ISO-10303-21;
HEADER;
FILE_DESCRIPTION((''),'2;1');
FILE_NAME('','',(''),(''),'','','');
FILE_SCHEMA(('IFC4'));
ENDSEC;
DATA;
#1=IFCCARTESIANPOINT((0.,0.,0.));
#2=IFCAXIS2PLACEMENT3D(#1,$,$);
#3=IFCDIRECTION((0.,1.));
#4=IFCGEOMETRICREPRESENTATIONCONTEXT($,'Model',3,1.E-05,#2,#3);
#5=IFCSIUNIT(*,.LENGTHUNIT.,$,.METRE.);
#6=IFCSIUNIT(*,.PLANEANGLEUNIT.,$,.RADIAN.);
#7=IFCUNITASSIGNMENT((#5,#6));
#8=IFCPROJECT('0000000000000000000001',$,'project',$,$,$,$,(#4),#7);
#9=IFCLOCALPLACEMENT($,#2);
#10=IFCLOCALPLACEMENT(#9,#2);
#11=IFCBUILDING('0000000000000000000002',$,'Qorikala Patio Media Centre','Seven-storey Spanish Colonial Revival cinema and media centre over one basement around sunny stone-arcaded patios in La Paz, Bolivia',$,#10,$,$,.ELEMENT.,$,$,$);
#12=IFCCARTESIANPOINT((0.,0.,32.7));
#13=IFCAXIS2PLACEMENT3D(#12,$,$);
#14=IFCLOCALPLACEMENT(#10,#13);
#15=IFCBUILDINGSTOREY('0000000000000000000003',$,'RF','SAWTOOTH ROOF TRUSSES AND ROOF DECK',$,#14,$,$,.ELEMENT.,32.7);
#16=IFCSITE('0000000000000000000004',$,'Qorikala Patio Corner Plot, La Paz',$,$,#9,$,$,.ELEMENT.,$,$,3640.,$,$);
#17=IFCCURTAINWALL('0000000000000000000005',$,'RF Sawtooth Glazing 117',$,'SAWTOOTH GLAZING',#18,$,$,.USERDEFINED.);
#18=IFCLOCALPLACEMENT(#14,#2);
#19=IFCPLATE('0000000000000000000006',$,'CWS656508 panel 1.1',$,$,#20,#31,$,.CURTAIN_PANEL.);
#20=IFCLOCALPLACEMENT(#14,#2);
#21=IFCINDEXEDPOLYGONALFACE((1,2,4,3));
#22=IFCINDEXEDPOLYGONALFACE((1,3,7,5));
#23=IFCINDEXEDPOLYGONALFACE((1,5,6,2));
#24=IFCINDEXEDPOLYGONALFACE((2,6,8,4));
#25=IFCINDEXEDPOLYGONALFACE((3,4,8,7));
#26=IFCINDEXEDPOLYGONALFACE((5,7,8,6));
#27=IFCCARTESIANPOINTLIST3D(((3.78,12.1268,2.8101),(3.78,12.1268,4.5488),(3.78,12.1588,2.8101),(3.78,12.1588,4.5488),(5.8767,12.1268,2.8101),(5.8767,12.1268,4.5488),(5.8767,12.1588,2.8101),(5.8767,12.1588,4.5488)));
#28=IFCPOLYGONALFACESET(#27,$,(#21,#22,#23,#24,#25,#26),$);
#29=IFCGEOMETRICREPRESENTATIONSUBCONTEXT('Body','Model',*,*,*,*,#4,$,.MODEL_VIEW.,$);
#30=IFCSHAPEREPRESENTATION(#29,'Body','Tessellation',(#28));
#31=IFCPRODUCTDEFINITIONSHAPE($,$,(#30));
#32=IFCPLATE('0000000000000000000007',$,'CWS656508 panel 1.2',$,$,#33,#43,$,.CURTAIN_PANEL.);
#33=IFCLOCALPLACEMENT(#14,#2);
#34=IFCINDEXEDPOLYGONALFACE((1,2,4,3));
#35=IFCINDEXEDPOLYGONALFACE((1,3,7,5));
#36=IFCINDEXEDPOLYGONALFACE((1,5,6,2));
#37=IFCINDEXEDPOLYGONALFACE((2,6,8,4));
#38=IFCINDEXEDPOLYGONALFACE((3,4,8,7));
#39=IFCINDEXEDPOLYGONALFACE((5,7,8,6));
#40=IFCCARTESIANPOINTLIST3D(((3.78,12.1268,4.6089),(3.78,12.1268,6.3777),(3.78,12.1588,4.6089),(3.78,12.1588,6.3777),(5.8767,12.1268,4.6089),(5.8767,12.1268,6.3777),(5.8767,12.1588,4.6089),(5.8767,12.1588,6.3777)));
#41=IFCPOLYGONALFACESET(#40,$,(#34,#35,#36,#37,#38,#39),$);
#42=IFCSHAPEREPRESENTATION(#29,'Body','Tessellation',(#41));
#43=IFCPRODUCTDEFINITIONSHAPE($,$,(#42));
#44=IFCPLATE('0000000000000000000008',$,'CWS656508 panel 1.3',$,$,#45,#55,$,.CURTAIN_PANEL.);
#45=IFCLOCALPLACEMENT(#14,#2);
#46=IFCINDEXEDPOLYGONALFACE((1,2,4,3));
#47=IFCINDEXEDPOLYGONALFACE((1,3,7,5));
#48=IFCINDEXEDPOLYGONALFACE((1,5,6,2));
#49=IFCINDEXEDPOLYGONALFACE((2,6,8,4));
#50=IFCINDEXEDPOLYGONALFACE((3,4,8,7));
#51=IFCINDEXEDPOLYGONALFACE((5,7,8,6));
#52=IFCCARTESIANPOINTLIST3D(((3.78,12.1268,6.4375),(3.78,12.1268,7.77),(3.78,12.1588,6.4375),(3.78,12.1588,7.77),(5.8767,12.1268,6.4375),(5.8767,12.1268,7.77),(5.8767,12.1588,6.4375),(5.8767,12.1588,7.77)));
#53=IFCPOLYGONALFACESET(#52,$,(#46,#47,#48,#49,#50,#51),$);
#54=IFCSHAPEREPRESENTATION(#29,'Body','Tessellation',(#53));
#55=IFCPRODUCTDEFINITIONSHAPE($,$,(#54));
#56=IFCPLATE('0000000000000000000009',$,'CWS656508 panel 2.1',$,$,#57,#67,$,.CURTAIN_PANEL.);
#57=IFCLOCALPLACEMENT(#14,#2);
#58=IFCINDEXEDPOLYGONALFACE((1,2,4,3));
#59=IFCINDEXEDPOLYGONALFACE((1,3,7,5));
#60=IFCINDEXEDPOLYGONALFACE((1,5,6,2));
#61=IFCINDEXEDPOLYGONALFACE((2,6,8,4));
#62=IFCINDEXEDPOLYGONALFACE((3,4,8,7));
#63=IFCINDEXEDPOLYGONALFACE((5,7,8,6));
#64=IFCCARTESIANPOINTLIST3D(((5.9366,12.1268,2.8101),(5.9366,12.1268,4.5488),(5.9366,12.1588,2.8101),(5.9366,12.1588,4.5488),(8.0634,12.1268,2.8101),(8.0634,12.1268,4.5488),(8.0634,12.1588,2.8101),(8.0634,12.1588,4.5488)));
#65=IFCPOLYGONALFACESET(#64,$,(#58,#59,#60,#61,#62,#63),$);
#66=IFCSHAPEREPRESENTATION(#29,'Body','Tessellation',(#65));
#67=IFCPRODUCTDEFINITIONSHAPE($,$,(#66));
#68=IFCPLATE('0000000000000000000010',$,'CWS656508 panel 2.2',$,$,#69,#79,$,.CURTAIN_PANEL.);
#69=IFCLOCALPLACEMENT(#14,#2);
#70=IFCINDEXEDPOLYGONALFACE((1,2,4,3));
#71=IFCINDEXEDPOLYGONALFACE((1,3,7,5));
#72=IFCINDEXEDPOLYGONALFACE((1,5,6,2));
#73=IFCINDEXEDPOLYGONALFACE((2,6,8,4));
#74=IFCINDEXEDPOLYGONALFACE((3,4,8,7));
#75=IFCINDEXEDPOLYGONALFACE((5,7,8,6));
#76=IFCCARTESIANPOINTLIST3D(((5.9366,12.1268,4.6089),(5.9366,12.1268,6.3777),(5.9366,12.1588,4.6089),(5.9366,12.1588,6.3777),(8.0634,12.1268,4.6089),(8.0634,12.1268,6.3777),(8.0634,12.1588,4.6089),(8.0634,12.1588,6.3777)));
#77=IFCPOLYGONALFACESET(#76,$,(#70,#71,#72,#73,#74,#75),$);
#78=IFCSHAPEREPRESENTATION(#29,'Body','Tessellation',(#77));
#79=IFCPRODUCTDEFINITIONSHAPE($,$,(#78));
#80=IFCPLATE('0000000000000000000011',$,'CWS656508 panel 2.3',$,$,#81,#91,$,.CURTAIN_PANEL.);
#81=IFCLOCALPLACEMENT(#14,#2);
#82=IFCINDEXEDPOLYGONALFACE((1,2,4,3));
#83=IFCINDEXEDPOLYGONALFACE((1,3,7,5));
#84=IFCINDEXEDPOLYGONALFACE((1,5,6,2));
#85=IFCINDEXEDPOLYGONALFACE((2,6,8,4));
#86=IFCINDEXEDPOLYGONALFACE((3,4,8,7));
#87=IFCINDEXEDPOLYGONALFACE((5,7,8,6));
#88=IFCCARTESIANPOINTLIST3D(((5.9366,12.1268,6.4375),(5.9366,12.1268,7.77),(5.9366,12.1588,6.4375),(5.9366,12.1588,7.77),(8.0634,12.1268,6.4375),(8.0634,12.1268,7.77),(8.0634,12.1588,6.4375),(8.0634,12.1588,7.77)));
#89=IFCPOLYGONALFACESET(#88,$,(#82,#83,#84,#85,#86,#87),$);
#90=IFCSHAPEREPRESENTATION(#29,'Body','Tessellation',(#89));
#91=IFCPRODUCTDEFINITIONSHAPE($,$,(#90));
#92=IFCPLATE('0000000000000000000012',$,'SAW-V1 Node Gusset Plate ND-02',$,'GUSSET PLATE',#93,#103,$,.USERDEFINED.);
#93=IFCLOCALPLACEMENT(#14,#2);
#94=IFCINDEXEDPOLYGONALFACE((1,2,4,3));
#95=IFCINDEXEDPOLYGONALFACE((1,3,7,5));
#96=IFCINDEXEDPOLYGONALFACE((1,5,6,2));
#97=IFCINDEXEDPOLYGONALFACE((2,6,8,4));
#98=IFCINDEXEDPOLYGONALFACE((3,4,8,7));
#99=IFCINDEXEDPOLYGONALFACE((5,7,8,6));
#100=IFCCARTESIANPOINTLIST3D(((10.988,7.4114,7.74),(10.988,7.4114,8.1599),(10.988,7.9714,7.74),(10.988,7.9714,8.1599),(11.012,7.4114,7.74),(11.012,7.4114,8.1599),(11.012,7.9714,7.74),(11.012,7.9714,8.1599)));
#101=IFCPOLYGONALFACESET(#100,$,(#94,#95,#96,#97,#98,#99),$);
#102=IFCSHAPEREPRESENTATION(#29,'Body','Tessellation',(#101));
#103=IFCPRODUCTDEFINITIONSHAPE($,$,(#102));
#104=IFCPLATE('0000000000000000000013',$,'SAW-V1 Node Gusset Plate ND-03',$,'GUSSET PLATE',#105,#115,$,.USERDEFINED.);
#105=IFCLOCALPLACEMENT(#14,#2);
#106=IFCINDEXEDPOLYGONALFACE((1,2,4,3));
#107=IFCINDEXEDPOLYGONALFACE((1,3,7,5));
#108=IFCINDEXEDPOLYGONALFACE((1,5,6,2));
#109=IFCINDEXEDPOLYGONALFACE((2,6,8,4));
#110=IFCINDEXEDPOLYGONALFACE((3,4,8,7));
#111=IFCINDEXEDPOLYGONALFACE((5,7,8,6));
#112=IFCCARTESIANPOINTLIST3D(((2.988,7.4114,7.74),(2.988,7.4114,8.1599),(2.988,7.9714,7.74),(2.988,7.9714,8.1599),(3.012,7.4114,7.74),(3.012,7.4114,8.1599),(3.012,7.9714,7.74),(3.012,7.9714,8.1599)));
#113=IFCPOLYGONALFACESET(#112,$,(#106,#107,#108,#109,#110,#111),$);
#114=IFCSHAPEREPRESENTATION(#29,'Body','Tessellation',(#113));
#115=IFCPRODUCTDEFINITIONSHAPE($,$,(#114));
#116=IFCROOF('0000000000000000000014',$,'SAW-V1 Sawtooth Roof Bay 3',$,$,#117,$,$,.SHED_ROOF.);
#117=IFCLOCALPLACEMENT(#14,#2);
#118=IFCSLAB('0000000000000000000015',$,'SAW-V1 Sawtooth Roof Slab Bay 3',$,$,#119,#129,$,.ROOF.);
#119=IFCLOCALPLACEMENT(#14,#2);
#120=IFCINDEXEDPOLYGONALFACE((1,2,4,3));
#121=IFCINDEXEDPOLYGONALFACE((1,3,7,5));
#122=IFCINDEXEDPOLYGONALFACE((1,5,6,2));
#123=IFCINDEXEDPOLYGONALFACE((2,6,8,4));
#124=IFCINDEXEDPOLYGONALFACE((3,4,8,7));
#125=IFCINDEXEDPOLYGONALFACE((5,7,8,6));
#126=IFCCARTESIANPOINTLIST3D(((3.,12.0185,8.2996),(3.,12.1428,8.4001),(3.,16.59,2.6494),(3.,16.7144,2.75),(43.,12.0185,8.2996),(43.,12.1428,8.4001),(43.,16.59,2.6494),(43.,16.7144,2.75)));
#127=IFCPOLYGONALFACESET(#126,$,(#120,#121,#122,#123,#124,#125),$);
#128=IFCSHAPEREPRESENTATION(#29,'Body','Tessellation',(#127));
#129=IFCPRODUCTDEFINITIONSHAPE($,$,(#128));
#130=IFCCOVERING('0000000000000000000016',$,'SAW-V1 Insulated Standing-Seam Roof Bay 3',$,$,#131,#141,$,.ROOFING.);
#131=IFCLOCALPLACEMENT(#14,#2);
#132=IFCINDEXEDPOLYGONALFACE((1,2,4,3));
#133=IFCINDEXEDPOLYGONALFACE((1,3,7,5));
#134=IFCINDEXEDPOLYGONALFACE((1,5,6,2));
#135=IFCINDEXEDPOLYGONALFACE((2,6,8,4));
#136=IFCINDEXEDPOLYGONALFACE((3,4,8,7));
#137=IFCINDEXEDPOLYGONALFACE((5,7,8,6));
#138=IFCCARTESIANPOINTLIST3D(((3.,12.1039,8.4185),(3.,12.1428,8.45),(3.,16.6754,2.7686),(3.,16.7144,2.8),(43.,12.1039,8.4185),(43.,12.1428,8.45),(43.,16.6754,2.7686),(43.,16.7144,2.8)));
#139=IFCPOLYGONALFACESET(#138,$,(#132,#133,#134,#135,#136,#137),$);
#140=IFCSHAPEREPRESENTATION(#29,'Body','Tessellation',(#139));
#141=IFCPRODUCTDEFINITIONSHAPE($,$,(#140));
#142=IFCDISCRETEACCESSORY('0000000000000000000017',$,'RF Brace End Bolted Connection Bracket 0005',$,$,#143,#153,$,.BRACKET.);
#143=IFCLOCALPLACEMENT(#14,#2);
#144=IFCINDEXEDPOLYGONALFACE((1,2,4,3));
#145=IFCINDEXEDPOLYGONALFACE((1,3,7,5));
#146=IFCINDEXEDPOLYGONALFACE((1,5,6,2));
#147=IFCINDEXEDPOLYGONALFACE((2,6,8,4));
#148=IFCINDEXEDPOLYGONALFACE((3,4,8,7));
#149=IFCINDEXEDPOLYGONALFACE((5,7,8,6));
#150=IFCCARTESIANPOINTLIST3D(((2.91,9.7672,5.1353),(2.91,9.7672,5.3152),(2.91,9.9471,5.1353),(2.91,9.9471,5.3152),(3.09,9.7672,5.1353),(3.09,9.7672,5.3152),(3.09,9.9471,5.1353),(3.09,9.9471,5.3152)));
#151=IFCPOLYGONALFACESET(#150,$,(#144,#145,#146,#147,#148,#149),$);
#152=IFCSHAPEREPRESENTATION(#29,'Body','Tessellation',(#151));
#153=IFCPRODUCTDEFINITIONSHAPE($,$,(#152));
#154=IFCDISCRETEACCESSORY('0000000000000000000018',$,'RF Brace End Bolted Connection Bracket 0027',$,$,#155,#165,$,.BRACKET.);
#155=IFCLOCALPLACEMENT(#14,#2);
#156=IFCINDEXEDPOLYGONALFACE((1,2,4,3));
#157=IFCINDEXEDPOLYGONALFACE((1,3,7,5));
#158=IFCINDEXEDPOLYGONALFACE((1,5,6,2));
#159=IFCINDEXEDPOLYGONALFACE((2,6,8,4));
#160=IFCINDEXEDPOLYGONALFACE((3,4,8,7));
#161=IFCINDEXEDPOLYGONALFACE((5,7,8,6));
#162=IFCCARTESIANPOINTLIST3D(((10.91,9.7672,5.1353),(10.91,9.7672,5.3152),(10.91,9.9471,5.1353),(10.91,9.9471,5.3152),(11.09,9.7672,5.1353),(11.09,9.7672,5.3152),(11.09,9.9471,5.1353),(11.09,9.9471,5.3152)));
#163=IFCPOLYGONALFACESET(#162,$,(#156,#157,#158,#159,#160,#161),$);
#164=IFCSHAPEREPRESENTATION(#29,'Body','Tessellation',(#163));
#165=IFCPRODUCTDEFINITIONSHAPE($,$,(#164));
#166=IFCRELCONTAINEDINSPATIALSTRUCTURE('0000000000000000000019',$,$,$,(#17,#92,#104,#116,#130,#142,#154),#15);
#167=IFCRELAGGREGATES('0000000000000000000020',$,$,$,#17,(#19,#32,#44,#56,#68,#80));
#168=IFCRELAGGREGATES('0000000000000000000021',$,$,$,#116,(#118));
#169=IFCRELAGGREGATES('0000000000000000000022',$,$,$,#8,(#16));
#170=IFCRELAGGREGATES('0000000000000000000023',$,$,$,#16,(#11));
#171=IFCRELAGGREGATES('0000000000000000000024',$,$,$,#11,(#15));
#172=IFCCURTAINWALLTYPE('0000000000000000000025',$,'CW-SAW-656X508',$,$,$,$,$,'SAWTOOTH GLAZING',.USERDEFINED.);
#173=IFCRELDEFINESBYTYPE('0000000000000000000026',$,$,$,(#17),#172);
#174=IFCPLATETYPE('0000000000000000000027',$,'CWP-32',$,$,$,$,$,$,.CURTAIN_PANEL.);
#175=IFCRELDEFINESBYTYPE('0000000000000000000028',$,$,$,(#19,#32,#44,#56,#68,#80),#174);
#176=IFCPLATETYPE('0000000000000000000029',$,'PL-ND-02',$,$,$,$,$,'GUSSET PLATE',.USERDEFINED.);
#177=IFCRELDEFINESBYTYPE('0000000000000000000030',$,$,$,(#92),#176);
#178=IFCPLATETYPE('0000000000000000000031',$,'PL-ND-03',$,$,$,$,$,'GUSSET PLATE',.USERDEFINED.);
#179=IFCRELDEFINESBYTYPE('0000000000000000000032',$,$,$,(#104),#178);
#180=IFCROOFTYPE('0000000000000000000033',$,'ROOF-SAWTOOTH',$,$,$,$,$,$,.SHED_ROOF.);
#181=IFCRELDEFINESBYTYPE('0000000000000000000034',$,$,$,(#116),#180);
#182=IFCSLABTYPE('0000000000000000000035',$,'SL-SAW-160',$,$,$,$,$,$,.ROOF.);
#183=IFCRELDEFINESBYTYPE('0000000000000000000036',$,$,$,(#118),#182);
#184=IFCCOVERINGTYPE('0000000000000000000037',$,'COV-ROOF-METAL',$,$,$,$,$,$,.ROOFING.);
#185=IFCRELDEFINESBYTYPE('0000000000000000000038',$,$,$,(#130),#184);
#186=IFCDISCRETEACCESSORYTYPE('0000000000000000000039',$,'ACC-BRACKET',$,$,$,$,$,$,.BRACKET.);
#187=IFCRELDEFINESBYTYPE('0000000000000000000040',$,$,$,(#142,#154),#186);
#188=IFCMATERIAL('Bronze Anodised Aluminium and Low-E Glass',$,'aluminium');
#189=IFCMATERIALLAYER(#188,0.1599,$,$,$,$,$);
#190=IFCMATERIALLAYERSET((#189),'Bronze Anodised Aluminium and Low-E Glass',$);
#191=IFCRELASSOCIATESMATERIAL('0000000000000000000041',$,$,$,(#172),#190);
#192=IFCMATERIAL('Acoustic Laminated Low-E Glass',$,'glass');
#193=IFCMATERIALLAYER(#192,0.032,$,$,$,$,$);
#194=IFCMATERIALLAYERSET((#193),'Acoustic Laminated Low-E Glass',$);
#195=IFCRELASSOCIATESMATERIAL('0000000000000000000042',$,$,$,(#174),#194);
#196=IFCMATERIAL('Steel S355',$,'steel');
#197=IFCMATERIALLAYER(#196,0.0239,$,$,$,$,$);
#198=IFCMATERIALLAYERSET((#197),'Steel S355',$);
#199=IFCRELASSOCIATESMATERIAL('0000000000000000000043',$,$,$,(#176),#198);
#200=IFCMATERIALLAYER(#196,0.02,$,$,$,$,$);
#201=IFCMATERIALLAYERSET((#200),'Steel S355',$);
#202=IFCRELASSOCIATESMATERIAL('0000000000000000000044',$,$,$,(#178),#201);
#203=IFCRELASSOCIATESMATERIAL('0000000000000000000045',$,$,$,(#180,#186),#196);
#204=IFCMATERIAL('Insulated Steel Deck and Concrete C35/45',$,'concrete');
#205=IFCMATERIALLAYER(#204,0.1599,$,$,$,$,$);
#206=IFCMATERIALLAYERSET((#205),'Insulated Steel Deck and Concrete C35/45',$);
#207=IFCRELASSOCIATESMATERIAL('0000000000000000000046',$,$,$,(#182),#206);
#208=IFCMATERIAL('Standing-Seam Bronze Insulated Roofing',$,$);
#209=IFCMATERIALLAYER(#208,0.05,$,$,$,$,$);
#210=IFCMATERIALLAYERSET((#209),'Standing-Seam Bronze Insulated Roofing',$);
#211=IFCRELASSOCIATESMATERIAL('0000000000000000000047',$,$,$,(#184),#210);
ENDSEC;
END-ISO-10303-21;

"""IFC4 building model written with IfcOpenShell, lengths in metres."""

from ifc_helpers import new_model, si_unit, direction, frame, origin, origin_2d, place, context, subcontext, project, spatial, polyline, rectangle, outline, extrude, material, layer, layer_set, type_object, element, aggregate, save


model = new_model("IFC4")

# Units and contexts
model_context = context("Model", 3, precision=1e-05, world=origin(), true_north=direction((0.0, 1.0)))
body_context = subcontext(model_context, "Body", "Model", "MODEL_VIEW")
ifc_project = project(units=[si_unit("LENGTHUNIT", "METRE"), si_unit("PLANEANGLEUNIT", "RADIAN")], contexts=[model_context])

# Site, building, storey
site_placement = place(None, origin())
site = spatial("IfcSite", under=ifc_project, at=site_placement, Name="Qorikala Patio Corner Plot, La Paz", CompositionType="ELEMENT", RefElevation=3640.0)
building_placement = place(site_placement, origin())
building = spatial("IfcBuilding", under=site, at=building_placement, Name="Qorikala Patio Media Centre", Description="Seven-storey Spanish Colonial Revival cinema and media centre over one basement around sunny stone-arcaded patios in La Paz, Bolivia", CompositionType="ELEMENT")
storey_placement = place(building_placement, frame((0.0, 0.0, 32.7)))
storey = spatial("IfcBuildingStorey", under=building, at=storey_placement, Name="RF", Description="SAWTOOTH ROOF TRUSSES AND ROOF DECK", CompositionType="ELEMENT", Elevation=32.7)

# Shared definitions
ifc_material_1 = material(Name="Steel S355", Category="steel")

# Curtain wall
ifc_material_2 = material(Name="Bronze Anodised Aluminium and Low-E Glass", Category="aluminium")
ifc_layer_1 = layer(ifc_material_2, 0.1599)
ifc_layer_set_1 = layer_set([ifc_layer_1], Name="Bronze Anodised Aluminium and Low-E Glass")
curtain_wall_type = type_object("IfcCurtainWallType", Name="CW-SAW-656X508", ElementType="SAWTOOTH GLAZING", PredefinedType="USERDEFINED", material=ifc_layer_set_1)
curtain_wall_placement = place(storey_placement, origin())
curtain_wall = element("IfcCurtainWall", 1, at=curtain_wall_placement, inside=storey, type_object=curtain_wall_type, Name="RF Sawtooth Glazing 117", ObjectType="SAWTOOTH GLAZING", PredefinedType="USERDEFINED")

# Plates
ifc_material_3 = material(Name="Acoustic Laminated Low-E Glass", Category="glass")
ifc_layer_2 = layer(ifc_material_3, 0.032)
ifc_layer_set_2 = layer_set([ifc_layer_2], Name="Acoustic Laminated Low-E Glass")
plate_type_1 = type_object("IfcPlateType", Name="CWP-32", PredefinedType="CURTAIN_PANEL", material=ifc_layer_set_2)
plate_1_placement = place(storey_placement, frame((4.8284, 12.1428, 2.8101), z_axis=(0.0, 0.0, 1.0), x_axis=(1.0, 0.0, 0.0)))
plate_1 = element("IfcPlate", 2, at=plate_1_placement, type_object=plate_type_1, Name="CWS656508 panel 1.1", PredefinedType="CURTAIN_PANEL", context=body_context, shape_type="SweptSolid", body=[
    extrude(rectangle(XDim=2.0967, YDim=0.032, at=origin_2d()), origin(), (0.0, 0.0, 1.0), 1.7388),
])
plate_2_placement = place(storey_placement, frame((4.8284, 12.1428, 4.6089), z_axis=(0.0, 0.0, 1.0), x_axis=(1.0, 0.0, 0.0)))
plate_2 = element("IfcPlate", 3, at=plate_2_placement, type_object=plate_type_1, Name="CWS656508 panel 1.2", PredefinedType="CURTAIN_PANEL", context=body_context, shape_type="SweptSolid", body=[
    extrude(rectangle(XDim=2.0967, YDim=0.032, at=origin_2d()), origin(), (0.0, 0.0, 1.0), 1.7688),
])
plate_3_placement = place(storey_placement, frame((4.8284, 12.1428, 6.4375), z_axis=(0.0, 0.0, 1.0), x_axis=(1.0, 0.0, 0.0)))
plate_3 = element("IfcPlate", 4, at=plate_3_placement, type_object=plate_type_1, Name="CWS656508 panel 1.3", PredefinedType="CURTAIN_PANEL", context=body_context, shape_type="SweptSolid", body=[
    extrude(rectangle(XDim=2.0967, YDim=0.032, at=origin_2d()), origin(), (0.0, 0.0, 1.0), 1.3325),
])
plate_4_placement = place(storey_placement, frame((7.0, 12.1428, 2.8101), z_axis=(0.0, 0.0, 1.0), x_axis=(1.0, 0.0, 0.0)))
plate_4 = element("IfcPlate", 5, at=plate_4_placement, type_object=plate_type_1, Name="CWS656508 panel 2.1", PredefinedType="CURTAIN_PANEL", context=body_context, shape_type="SweptSolid", body=[
    extrude(rectangle(XDim=2.1267, YDim=0.032, at=origin_2d()), origin(), (0.0, 0.0, 1.0), 1.7388),
])
plate_5_placement = place(storey_placement, frame((7.0, 12.1428, 4.6089), z_axis=(0.0, 0.0, 1.0), x_axis=(1.0, 0.0, 0.0)))
plate_5 = element("IfcPlate", 6, at=plate_5_placement, type_object=plate_type_1, Name="CWS656508 panel 2.2", PredefinedType="CURTAIN_PANEL", context=body_context, shape_type="SweptSolid", body=[
    extrude(rectangle(XDim=2.1267, YDim=0.032, at=origin_2d()), origin(), (0.0, 0.0, 1.0), 1.7688),
])
plate_6_placement = place(storey_placement, frame((7.0, 12.1428, 6.4375), z_axis=(0.0, 0.0, 1.0), x_axis=(1.0, 0.0, 0.0)))
plate_6 = element("IfcPlate", 7, at=plate_6_placement, type_object=plate_type_1, Name="CWS656508 panel 2.3", PredefinedType="CURTAIN_PANEL", context=body_context, shape_type="SweptSolid", body=[
    extrude(rectangle(XDim=2.1267, YDim=0.032, at=origin_2d()), origin(), (0.0, 0.0, 1.0), 1.3325),
])
aggregate(curtain_wall, [plate_1, plate_2, plate_3, plate_4, plate_5, plate_6])

# Plates
ifc_layer_3 = layer(ifc_material_1, 0.0239)
ifc_layer_set_3 = layer_set([ifc_layer_3], Name="Steel S355")
plate_type_2 = type_object("IfcPlateType", Name="PL-ND-02", ElementType="GUSSET PLATE", PredefinedType="USERDEFINED", material=ifc_layer_set_3)
plate_7_placement = place(storey_placement, frame((11.0, 7.6914, 7.74), z_axis=(0.0, 0.0, 1.0), x_axis=(1.0, 0.0, 0.0)))
element("IfcPlate", 8, at=plate_7_placement, inside=storey, type_object=plate_type_2, Name="SAW-V1 Node Gusset Plate ND-02", ObjectType="GUSSET PLATE", PredefinedType="USERDEFINED", context=body_context, shape_type="SweptSolid", body=[
    extrude(rectangle(XDim=0.0239, YDim=0.5601, at=origin_2d()), origin(), (0.0, 0.0, 1.0), 0.4199),
])
ifc_layer_4 = layer(ifc_material_1, 0.02)
ifc_layer_set_4 = layer_set([ifc_layer_4], Name="Steel S355")
plate_type_3 = type_object("IfcPlateType", Name="PL-ND-03", ElementType="GUSSET PLATE", PredefinedType="USERDEFINED", material=ifc_layer_set_4)
plate_8_placement = place(storey_placement, frame((3.0, 7.6914, 7.74), z_axis=(0.0, 0.0, 1.0), x_axis=(1.0, 0.0, 0.0)))
element("IfcPlate", 9, at=plate_8_placement, inside=storey, type_object=plate_type_3, Name="SAW-V1 Node Gusset Plate ND-03", ObjectType="GUSSET PLATE", PredefinedType="USERDEFINED", context=body_context, shape_type="SweptSolid", body=[
    extrude(rectangle(XDim=0.0239, YDim=0.5601, at=origin_2d()), origin(), (0.0, 0.0, 1.0), 0.4199),
])

# Roof, slab
roof_type = type_object("IfcRoofType", Name="ROOF-SAWTOOTH", PredefinedType="SHED_ROOF", material=ifc_material_1)
roof_placement = place(storey_placement, origin())
roof = element("IfcRoof", 10, at=roof_placement, inside=storey, type_object=roof_type, Name="SAW-V1 Sawtooth Roof Bay 3", PredefinedType="SHED_ROOF")
ifc_material_4 = material(Name="Insulated Steel Deck and Concrete C35/45", Category="concrete")
ifc_layer_5 = layer(ifc_material_4, 0.1599)
ifc_layer_set_5 = layer_set([ifc_layer_5], Name="Insulated Steel Deck and Concrete C35/45")
slab_type = type_object("IfcSlabType", Name="SL-SAW-160", PredefinedType="ROOF", material=ifc_layer_set_5)
slab_placement = place(storey_placement, frame((3.0, 12.1428, 8.4001), z_axis=(0.0, 0.777406, 0.628999), x_axis=(1.0, 0.0, 0.0)))
slab = element("IfcSlab", 11, at=slab_placement, type_object=slab_type, Name="SAW-V1 Sawtooth Roof Slab Bay 3", PredefinedType="ROOF", context=body_context, shape_type="SweptSolid", body=[
    extrude(outline(polyline([(0.0, 0.0), (40.0, 0.0), (40.0, 7.2679), (0.0, 7.2679), (0.0, 0.0)])), origin(), (0.0, 0.0, -1.0), 0.1599),
])
aggregate(roof, [slab])

# Covering
ifc_material_5 = material(Name="Standing-Seam Bronze Insulated Roofing")
ifc_layer_6 = layer(ifc_material_5, 0.05)
ifc_layer_set_6 = layer_set([ifc_layer_6], Name="Standing-Seam Bronze Insulated Roofing")
covering_type = type_object("IfcCoveringType", Name="COV-ROOF-METAL", PredefinedType="ROOFING", material=ifc_layer_set_6)
covering_placement = place(storey_placement, frame((3.0, 12.1428, 8.45), z_axis=(0.0, 0.777393, 0.629016), x_axis=(1.0, 0.0, 0.0)))
element("IfcCovering", 12, at=covering_placement, inside=storey, type_object=covering_type, Name="SAW-V1 Insulated Standing-Seam Roof Bay 3", PredefinedType="ROOFING", context=body_context, shape_type="SweptSolid", body=[
    extrude(outline(polyline([(0.0, 0.0), (40.0, 0.0), (40.0, 7.2678), (0.0, 7.2678), (0.0, 0.0)])), origin(), (0.0, 0.0, -1.0), 0.05),
])

# Discrete accessories
discrete_accessory_type = type_object("IfcDiscreteAccessoryType", Name="ACC-BRACKET", PredefinedType="BRACKET", material=ifc_material_1)
for number, where, z_axis, x_axis, name in (
    (13, (3.0, 9.8572, 5.1353), (0.0, 0.0, 1.0), (1.0, 0.0, 0.0), "RF Brace End Bolted Connection Bracket 0005"),
    (14, (11.0, 9.8572, 5.1353), (0.0, 0.0, 1.0), (1.0, 0.0, 0.0), "RF Brace End Bolted Connection Bracket 0027"),
):
    element("IfcDiscreteAccessory", number, at=place(storey_placement, frame(where, z_axis=z_axis, x_axis=x_axis)), inside=storey, type_object=discrete_accessory_type, Name=name, PredefinedType="BRACKET", context=body_context, shape_type="SweptSolid", body=[
        extrude(rectangle(XDim=0.1799, YDim=0.1799, at=origin_2d()), origin(), (0.0, 0.0, 1.0), 0.1799),
    ])

save(model, "model.ifc")
